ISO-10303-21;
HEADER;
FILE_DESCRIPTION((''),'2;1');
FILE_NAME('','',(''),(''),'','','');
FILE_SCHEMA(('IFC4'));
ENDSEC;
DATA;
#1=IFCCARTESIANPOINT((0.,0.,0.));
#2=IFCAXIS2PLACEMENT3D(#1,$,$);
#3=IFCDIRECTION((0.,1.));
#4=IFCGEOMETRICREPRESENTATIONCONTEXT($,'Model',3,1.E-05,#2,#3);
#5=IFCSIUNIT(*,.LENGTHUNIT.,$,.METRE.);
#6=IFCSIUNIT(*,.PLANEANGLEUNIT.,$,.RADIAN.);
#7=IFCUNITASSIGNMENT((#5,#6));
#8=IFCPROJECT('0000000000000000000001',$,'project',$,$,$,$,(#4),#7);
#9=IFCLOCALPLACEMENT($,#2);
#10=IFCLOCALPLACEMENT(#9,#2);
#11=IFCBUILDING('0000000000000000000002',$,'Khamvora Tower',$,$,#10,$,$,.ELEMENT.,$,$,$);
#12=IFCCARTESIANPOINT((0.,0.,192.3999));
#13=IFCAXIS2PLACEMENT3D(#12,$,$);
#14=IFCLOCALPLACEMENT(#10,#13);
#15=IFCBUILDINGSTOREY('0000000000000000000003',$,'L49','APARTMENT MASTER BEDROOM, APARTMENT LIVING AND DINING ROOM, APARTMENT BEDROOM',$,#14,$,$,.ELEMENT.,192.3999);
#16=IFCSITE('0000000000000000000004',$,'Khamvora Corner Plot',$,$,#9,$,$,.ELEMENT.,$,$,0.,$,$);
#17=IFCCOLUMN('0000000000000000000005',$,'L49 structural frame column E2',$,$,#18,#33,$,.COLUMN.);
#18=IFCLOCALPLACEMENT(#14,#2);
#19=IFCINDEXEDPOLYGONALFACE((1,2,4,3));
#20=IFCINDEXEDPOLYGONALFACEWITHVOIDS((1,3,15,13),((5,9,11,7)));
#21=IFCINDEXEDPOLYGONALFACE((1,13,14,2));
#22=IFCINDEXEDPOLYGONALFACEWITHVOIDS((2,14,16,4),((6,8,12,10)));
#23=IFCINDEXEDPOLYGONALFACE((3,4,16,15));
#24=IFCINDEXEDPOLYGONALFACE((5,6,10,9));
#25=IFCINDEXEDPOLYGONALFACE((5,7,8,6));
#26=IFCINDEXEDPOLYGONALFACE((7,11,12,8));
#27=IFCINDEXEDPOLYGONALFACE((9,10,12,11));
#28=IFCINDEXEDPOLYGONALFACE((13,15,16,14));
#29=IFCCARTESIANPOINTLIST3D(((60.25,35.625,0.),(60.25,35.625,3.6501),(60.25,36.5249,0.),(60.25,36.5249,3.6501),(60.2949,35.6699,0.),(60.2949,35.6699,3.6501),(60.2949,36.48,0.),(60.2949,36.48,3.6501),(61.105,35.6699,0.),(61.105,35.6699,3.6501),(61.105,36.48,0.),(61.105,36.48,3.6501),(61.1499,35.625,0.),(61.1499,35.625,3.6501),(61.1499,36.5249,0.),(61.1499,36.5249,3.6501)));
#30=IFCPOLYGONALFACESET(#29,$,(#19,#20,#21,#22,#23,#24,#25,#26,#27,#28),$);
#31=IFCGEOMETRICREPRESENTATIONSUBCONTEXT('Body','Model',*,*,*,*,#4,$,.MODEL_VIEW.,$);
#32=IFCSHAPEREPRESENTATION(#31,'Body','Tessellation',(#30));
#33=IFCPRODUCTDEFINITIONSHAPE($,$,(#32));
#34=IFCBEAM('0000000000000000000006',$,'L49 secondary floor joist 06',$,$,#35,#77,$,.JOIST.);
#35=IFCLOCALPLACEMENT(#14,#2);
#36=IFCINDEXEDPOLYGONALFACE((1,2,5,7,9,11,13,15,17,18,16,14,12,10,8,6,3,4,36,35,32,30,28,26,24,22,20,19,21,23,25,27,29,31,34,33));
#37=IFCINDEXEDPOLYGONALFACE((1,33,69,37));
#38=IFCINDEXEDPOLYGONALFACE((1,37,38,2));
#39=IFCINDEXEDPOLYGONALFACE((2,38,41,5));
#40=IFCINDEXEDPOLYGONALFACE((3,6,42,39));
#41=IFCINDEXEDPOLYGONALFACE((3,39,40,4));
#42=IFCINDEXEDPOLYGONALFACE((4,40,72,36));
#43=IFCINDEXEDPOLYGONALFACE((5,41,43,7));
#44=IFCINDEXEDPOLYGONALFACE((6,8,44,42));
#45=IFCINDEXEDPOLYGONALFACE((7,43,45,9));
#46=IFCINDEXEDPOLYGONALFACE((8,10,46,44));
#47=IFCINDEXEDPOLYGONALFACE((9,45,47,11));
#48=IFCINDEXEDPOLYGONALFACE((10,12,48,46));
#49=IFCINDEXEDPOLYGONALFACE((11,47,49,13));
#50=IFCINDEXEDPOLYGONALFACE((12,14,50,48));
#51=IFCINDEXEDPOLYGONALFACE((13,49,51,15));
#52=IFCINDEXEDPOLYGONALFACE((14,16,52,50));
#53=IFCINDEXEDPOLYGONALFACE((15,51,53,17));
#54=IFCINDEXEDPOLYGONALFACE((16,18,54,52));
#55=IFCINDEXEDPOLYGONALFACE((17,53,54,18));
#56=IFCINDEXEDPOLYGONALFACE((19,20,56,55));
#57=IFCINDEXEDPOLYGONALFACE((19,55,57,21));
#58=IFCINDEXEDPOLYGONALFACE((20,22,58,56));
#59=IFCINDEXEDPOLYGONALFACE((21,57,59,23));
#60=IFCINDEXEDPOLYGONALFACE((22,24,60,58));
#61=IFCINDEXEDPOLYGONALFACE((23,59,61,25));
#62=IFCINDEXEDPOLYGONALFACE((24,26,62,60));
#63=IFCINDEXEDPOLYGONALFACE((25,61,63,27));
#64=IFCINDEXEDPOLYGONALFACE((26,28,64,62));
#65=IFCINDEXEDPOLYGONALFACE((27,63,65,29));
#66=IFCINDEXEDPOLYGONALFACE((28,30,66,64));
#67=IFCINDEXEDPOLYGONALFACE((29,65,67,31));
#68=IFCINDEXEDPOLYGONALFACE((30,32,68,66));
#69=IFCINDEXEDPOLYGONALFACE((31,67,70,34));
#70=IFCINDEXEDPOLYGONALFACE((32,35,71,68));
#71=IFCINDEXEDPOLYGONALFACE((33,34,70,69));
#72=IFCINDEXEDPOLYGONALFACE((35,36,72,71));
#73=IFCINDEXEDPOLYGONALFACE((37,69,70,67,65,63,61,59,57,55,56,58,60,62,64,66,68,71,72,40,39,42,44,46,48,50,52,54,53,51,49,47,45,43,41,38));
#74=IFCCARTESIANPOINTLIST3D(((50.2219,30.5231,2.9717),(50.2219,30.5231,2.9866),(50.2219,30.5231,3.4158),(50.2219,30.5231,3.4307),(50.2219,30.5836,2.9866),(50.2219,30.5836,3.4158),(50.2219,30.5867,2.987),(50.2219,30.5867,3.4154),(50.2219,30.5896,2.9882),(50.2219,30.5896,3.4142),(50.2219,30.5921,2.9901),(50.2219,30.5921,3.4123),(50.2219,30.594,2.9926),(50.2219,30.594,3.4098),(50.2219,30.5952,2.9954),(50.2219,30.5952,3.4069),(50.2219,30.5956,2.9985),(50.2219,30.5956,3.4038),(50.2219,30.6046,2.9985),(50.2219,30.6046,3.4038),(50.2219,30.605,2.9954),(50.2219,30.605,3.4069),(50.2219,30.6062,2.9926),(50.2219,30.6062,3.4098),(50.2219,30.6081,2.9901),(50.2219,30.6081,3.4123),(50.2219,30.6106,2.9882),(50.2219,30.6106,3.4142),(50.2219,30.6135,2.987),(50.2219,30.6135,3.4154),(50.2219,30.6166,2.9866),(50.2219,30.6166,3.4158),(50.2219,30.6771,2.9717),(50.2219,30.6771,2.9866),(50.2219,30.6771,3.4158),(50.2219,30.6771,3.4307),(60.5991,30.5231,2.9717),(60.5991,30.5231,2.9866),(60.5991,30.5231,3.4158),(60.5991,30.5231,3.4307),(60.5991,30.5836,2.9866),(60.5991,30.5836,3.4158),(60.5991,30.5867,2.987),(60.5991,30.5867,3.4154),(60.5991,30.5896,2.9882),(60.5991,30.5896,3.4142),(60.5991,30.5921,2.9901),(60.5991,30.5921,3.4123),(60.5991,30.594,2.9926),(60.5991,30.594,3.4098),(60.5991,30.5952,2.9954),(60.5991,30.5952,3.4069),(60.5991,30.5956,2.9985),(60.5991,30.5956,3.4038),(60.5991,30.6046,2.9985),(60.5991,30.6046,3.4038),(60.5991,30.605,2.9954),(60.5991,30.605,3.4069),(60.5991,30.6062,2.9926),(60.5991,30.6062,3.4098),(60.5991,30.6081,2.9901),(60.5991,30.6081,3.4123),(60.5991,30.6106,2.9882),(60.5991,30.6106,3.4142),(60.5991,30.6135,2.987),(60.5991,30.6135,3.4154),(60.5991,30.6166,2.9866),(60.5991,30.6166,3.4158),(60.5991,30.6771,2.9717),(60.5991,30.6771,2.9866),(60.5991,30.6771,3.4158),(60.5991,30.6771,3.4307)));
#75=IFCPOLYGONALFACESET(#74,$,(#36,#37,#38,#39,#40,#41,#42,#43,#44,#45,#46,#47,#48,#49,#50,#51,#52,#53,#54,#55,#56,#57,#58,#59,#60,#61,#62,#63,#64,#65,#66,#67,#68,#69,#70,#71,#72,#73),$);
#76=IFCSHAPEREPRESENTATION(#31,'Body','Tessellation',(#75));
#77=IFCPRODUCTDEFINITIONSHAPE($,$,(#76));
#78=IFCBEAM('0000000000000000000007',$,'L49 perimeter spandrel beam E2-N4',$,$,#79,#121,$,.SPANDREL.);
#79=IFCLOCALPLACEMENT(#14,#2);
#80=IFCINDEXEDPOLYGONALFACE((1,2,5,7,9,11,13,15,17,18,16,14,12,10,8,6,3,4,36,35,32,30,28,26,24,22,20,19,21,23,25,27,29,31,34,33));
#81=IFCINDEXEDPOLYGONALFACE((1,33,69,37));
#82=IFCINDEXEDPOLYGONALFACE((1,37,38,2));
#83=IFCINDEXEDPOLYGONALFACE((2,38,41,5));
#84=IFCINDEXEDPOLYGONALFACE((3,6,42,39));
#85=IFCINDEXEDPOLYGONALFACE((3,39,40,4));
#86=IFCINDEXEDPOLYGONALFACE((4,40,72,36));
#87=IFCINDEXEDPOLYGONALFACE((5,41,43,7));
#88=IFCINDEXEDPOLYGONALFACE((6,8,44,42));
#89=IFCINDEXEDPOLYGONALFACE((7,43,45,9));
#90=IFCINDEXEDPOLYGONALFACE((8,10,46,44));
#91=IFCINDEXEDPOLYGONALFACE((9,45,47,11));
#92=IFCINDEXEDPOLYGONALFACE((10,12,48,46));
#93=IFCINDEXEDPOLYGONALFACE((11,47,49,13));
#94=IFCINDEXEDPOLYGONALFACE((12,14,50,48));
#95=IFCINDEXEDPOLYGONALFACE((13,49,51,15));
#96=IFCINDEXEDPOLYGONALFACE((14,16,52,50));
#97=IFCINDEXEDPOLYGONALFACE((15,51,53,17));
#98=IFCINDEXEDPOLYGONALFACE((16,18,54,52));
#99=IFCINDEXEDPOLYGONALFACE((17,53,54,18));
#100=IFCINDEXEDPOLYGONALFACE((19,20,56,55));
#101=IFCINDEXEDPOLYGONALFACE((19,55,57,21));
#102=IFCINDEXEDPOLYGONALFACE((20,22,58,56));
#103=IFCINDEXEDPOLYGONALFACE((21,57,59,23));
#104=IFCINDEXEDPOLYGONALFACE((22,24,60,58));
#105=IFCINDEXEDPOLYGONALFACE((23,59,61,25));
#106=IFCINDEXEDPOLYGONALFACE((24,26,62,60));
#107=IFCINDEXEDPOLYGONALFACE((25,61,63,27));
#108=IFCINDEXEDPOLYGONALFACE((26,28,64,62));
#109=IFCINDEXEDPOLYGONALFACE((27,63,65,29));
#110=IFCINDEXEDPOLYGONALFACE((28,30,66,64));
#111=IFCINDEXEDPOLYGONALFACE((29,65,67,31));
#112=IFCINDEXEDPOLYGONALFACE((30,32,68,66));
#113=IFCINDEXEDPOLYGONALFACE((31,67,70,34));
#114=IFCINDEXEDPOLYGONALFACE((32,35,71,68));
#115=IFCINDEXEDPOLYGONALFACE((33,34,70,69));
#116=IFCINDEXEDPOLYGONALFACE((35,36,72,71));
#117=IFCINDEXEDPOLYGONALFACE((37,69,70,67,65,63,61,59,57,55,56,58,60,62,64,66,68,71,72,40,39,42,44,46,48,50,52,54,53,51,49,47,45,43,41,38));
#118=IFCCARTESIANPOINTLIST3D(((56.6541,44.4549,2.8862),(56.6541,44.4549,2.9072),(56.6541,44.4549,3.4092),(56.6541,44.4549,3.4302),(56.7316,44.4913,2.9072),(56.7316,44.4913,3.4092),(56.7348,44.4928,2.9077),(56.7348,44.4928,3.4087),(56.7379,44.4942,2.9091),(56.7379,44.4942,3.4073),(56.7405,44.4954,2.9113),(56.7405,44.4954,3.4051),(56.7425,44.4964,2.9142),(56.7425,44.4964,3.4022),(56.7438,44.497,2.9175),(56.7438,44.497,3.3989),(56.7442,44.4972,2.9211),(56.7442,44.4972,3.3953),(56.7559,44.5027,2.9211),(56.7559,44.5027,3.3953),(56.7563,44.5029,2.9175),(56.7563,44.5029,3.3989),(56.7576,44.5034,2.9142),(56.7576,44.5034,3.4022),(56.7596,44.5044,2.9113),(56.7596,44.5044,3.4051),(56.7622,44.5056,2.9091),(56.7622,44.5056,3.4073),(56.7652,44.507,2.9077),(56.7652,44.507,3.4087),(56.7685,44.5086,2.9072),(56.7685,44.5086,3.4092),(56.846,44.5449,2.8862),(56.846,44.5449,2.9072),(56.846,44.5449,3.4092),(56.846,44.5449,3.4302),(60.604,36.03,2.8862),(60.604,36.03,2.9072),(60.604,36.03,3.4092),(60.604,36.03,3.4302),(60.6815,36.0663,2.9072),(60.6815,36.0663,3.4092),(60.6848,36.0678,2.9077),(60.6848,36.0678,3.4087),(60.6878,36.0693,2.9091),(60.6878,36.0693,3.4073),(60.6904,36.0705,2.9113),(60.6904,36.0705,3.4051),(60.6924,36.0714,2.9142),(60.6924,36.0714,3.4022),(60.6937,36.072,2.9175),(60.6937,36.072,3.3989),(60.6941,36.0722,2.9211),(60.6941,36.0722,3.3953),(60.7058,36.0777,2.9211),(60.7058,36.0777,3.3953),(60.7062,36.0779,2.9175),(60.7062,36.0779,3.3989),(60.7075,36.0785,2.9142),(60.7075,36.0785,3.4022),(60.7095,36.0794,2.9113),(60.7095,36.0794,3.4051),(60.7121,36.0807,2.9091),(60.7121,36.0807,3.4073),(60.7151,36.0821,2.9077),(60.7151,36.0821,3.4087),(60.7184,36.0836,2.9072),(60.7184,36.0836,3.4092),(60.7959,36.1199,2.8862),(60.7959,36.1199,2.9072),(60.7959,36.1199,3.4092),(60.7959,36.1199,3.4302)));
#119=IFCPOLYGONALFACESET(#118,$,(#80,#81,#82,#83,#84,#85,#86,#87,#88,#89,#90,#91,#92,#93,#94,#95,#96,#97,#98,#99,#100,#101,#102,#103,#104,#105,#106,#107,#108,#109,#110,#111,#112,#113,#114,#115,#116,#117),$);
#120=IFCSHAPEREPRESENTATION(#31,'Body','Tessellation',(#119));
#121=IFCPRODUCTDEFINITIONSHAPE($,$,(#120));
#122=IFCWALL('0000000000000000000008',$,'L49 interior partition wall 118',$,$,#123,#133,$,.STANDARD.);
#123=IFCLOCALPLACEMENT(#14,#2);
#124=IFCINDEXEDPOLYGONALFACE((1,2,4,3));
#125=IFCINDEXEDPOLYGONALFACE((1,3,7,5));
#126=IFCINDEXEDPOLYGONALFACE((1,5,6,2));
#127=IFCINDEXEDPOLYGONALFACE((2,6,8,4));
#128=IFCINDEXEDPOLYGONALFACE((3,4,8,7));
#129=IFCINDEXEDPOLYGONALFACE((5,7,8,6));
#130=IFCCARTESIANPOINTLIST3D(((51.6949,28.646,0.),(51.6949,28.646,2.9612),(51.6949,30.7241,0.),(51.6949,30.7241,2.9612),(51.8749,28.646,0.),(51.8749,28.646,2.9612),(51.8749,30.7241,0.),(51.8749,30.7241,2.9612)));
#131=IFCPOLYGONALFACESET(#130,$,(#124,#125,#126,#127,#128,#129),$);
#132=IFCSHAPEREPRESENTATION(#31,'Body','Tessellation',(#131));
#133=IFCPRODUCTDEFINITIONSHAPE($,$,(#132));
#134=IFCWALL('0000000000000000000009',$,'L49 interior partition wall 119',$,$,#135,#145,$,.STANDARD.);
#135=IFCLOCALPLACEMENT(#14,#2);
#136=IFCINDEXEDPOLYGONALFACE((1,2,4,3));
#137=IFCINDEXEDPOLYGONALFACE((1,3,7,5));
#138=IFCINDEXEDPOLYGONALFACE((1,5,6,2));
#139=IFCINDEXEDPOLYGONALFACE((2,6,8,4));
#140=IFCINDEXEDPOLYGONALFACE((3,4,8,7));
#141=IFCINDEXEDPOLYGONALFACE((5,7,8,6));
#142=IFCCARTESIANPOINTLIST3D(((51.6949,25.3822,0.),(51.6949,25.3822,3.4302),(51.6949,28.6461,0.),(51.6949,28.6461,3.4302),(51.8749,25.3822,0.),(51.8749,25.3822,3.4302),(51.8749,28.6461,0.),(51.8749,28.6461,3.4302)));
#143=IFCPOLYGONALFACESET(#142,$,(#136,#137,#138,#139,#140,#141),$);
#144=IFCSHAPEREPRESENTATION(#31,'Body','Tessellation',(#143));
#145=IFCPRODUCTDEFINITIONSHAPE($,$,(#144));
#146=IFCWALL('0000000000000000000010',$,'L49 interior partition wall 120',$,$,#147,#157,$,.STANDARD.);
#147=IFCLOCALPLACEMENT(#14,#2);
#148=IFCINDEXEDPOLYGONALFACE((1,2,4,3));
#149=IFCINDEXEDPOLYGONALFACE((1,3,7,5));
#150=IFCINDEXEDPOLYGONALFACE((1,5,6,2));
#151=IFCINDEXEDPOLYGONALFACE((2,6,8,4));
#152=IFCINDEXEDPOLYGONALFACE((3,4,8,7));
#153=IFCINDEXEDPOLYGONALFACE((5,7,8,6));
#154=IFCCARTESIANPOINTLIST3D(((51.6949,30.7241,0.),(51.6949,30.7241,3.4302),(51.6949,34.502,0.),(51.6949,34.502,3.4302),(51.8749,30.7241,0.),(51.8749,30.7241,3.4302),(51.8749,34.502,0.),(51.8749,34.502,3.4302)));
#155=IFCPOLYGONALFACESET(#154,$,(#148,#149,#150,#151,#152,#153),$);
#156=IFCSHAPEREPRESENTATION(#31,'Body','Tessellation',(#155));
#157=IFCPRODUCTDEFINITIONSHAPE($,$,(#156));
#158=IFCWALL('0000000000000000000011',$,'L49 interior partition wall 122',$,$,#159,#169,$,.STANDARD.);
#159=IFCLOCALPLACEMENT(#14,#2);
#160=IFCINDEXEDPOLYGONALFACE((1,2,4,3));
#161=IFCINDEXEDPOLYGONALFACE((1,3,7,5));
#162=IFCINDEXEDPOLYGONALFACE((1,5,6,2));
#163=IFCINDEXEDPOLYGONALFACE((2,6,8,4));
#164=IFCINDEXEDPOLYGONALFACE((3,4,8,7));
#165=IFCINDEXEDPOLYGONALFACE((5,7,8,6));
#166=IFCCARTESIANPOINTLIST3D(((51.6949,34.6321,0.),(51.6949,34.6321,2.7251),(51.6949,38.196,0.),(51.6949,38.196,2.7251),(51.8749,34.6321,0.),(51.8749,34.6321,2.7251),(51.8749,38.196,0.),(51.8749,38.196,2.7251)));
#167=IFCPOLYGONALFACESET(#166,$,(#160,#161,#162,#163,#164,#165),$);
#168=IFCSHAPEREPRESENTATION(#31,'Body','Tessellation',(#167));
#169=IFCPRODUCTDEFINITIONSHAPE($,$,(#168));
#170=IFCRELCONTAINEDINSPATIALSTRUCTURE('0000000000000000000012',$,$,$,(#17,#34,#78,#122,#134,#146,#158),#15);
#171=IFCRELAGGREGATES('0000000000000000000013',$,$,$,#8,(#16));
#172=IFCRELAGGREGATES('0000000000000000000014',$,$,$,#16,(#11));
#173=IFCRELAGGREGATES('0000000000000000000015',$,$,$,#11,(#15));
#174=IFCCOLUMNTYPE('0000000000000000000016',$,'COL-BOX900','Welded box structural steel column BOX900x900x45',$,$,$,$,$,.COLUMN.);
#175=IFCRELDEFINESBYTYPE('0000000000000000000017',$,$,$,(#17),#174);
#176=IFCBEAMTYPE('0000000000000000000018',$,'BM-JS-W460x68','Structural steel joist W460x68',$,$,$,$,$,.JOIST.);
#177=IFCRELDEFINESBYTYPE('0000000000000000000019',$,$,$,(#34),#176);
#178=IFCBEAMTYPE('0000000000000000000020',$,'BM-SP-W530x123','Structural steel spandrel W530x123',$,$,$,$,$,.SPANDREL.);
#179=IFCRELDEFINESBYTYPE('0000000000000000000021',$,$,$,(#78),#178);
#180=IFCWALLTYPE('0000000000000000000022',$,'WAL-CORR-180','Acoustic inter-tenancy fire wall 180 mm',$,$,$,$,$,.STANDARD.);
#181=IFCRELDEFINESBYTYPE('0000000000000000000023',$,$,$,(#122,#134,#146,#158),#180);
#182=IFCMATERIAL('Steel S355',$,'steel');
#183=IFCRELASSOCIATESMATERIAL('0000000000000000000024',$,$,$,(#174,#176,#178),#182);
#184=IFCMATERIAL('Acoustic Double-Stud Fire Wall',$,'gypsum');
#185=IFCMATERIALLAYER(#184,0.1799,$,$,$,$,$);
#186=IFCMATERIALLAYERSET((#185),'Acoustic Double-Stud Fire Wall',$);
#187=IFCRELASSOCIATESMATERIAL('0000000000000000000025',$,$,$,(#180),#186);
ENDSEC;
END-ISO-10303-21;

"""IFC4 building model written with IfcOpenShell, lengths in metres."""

from ifc_helpers import new_model, si_unit, direction, frame, frame_2d, origin, origin_2d, place, context, subcontext, project, spatial, rectangle, hollow_rectangle, i_section, extrude, material, layer, layer_set, material_profile, profile_set, type_object, element, save


model = new_model("IFC4")

# Units and contexts
model_context = context("Model", 3, precision=1e-05, world=origin(), true_north=direction((0.0, 1.0)))
body_context = subcontext(model_context, "Body", "Model", "MODEL_VIEW")
ifc_project = project(units=[si_unit("LENGTHUNIT", "METRE"), si_unit("PLANEANGLEUNIT", "RADIAN")], contexts=[model_context])

# Site, building, storey
site_placement = place(None, origin())
site = spatial("IfcSite", under=ifc_project, at=site_placement, Name="Khamvora Corner Plot", CompositionType="ELEMENT", RefElevation=0.0)
building_placement = place(site_placement, origin())
building = spatial("IfcBuilding", under=site, at=building_placement, Name="Khamvora Tower", CompositionType="ELEMENT")
storey_placement = place(building_placement, frame((0.0, 0.0, 192.3999)))
storey = spatial("IfcBuildingStorey", under=building, at=storey_placement, Name="L49", Description="APARTMENT MASTER BEDROOM, APARTMENT LIVING AND DINING ROOM, APARTMENT BEDROOM", CompositionType="ELEMENT", Elevation=192.3999)

# Column
ifc_material_1 = material(Name="Steel S355", Category="steel")
ifc_material_profile_1 = material_profile(ifc_material_1, hollow_rectangle(XDim=0.8999, YDim=0.8999, WallThickness=0.0449, at=origin_2d()), Name="BOX900x900x45")
ifc_profile_set_1 = profile_set([ifc_material_profile_1], Name="Steel S355")
column_type = type_object("IfcColumnType", Name="COL-BOX900", Description="Welded box structural steel column BOX900x900x45", PredefinedType="COLUMN", material=ifc_profile_set_1)
column_placement = place(storey_placement, frame((60.7, 36.075, 0.0), z_axis=(0.0, 0.0, 1.0), x_axis=(1.0, 0.0, 0.0)))
element("IfcColumn", 1, at=column_placement, inside=storey, type_object=column_type, Name="L49 structural frame column E2", PredefinedType="COLUMN", context=body_context, shape_type="SweptSolid", body=[
    extrude(hollow_rectangle(XDim=0.8999, YDim=0.8999, WallThickness=0.0449, at=origin_2d()), origin(), (0.0, 0.0, 1.0), 3.6501),
])

# Beams
ifc_material_profile_2 = material_profile(ifc_material_1, i_section(OverallWidth=0.1541, OverallDepth=0.459, WebThickness=0.009, FlangeThickness=0.0149, FilletRadius=0.012, at=origin_2d()), Name="W460x68")
ifc_profile_set_2 = profile_set([ifc_material_profile_2], Name="Steel S355")
beam_type_1 = type_object("IfcBeamType", Name="BM-JS-W460x68", Description="Structural steel joist W460x68", PredefinedType="JOIST", material=ifc_profile_set_2)
beam_1_placement = place(storey_placement, frame((50.2219, 30.6001, 3.2012), z_axis=(1.0, 0.0, 0.0), x_axis=(0.0, 1.0, 0.0)))
element("IfcBeam", 2, at=beam_1_placement, inside=storey, type_object=beam_type_1, Name="L49 secondary floor joist 06", PredefinedType="JOIST", context=body_context, shape_type="SweptSolid", body=[
    extrude(i_section(OverallWidth=0.1541, OverallDepth=0.459, WebThickness=0.009, FlangeThickness=0.0149, FilletRadius=0.012, at=origin_2d()), origin(), (0.0, 0.0, 1.0), 10.3772),
])
ifc_material_profile_3 = material_profile(ifc_material_1, i_section(OverallWidth=0.2119, OverallDepth=0.5439, WebThickness=0.0129, FlangeThickness=0.021, FilletRadius=0.0139, at=origin_2d()), Name="W530x123")
ifc_profile_set_3 = profile_set([ifc_material_profile_3], Name="Steel S355")
beam_type_2 = type_object("IfcBeamType", Name="BM-SP-W530x123", Description="Structural steel spandrel W530x123", PredefinedType="SPANDREL", material=ifc_profile_set_3)
beam_2_placement = place(storey_placement, frame((60.7, 36.075, 3.1582), z_axis=(-0.424496, 0.90543, 0.0), x_axis=(-0.90543, -0.424496, 0.0)))
element("IfcBeam", 3, at=beam_2_placement, inside=storey, type_object=beam_type_2, Name="L49 perimeter spandrel beam E2-N4", PredefinedType="SPANDREL", context=body_context, shape_type="SweptSolid", body=[
    extrude(i_section(OverallWidth=0.2119, OverallDepth=0.5439, WebThickness=0.0129, FlangeThickness=0.021, FilletRadius=0.0139, at=origin_2d()), origin(), (0.0, 0.0, 1.0), 9.3049),
])

# Walls
ifc_material_2 = material(Name="Acoustic Double-Stud Fire Wall", Category="gypsum")
ifc_layer_1 = layer(ifc_material_2, 0.1799)
ifc_layer_set_1 = layer_set([ifc_layer_1], Name="Acoustic Double-Stud Fire Wall")
wall_type_1 = type_object("IfcWallType", Name="WAL-CORR-180", Description="Acoustic inter-tenancy fire wall 180 mm", PredefinedType="STANDARD", material=ifc_layer_set_1)
wall_1_placement = place(storey_placement, frame((51.7849, 30.7241, 0.0), z_axis=(0.0, 0.0, 1.0), x_axis=(0.0, -1.0, 0.0)))
element("IfcWall", 4, at=wall_1_placement, inside=storey, type_object=wall_type_1, Name="L49 interior partition wall 118", PredefinedType="STANDARD", context=body_context, shape_type="SweptSolid", body=[
    extrude(rectangle(XDim=2.0781, YDim=0.1799, at=frame_2d((1.0391, 0.0))), origin(), (0.0, 0.0, 1.0), 2.9612),
])
wall_2_placement = place(storey_placement, frame((51.7849, 28.646, 0.0), z_axis=(0.0, 0.0, 1.0), x_axis=(0.0, -1.0, 0.0)))
element("IfcWall", 5, at=wall_2_placement, inside=storey, type_object=wall_type_1, Name="L49 interior partition wall 119", PredefinedType="STANDARD", context=body_context, shape_type="SweptSolid", body=[
    extrude(rectangle(XDim=3.2639, YDim=0.1799, at=frame_2d((1.6318, 0.0))), origin(), (0.0, 0.0, 1.0), 3.4302),
])
wall_3_placement = place(storey_placement, frame((51.7849, 34.502, 0.0), z_axis=(0.0, 0.0, 1.0), x_axis=(0.0, -1.0, 0.0)))
element("IfcWall", 6, at=wall_3_placement, inside=storey, type_object=wall_type_1, Name="L49 interior partition wall 120", PredefinedType="STANDARD", context=body_context, shape_type="SweptSolid", body=[
    extrude(rectangle(XDim=3.7778, YDim=0.1799, at=frame_2d((1.8889, 0.0))), origin(), (0.0, 0.0, 1.0), 3.4302),
])
wall_4_placement = place(storey_placement, frame((51.7849, 38.196, 0.0), z_axis=(0.0, 0.0, 1.0), x_axis=(0.0, -1.0, 0.0)))
element("IfcWall", 7, at=wall_4_placement, inside=storey, type_object=wall_type_1, Name="L49 interior partition wall 122", PredefinedType="STANDARD", context=body_context, shape_type="SweptSolid", body=[
    extrude(rectangle(XDim=3.564, YDim=0.1799, at=frame_2d((1.782, 0.0))), origin(), (0.0, 0.0, 1.0), 2.7251),
])

save(model, "model.ifc")
